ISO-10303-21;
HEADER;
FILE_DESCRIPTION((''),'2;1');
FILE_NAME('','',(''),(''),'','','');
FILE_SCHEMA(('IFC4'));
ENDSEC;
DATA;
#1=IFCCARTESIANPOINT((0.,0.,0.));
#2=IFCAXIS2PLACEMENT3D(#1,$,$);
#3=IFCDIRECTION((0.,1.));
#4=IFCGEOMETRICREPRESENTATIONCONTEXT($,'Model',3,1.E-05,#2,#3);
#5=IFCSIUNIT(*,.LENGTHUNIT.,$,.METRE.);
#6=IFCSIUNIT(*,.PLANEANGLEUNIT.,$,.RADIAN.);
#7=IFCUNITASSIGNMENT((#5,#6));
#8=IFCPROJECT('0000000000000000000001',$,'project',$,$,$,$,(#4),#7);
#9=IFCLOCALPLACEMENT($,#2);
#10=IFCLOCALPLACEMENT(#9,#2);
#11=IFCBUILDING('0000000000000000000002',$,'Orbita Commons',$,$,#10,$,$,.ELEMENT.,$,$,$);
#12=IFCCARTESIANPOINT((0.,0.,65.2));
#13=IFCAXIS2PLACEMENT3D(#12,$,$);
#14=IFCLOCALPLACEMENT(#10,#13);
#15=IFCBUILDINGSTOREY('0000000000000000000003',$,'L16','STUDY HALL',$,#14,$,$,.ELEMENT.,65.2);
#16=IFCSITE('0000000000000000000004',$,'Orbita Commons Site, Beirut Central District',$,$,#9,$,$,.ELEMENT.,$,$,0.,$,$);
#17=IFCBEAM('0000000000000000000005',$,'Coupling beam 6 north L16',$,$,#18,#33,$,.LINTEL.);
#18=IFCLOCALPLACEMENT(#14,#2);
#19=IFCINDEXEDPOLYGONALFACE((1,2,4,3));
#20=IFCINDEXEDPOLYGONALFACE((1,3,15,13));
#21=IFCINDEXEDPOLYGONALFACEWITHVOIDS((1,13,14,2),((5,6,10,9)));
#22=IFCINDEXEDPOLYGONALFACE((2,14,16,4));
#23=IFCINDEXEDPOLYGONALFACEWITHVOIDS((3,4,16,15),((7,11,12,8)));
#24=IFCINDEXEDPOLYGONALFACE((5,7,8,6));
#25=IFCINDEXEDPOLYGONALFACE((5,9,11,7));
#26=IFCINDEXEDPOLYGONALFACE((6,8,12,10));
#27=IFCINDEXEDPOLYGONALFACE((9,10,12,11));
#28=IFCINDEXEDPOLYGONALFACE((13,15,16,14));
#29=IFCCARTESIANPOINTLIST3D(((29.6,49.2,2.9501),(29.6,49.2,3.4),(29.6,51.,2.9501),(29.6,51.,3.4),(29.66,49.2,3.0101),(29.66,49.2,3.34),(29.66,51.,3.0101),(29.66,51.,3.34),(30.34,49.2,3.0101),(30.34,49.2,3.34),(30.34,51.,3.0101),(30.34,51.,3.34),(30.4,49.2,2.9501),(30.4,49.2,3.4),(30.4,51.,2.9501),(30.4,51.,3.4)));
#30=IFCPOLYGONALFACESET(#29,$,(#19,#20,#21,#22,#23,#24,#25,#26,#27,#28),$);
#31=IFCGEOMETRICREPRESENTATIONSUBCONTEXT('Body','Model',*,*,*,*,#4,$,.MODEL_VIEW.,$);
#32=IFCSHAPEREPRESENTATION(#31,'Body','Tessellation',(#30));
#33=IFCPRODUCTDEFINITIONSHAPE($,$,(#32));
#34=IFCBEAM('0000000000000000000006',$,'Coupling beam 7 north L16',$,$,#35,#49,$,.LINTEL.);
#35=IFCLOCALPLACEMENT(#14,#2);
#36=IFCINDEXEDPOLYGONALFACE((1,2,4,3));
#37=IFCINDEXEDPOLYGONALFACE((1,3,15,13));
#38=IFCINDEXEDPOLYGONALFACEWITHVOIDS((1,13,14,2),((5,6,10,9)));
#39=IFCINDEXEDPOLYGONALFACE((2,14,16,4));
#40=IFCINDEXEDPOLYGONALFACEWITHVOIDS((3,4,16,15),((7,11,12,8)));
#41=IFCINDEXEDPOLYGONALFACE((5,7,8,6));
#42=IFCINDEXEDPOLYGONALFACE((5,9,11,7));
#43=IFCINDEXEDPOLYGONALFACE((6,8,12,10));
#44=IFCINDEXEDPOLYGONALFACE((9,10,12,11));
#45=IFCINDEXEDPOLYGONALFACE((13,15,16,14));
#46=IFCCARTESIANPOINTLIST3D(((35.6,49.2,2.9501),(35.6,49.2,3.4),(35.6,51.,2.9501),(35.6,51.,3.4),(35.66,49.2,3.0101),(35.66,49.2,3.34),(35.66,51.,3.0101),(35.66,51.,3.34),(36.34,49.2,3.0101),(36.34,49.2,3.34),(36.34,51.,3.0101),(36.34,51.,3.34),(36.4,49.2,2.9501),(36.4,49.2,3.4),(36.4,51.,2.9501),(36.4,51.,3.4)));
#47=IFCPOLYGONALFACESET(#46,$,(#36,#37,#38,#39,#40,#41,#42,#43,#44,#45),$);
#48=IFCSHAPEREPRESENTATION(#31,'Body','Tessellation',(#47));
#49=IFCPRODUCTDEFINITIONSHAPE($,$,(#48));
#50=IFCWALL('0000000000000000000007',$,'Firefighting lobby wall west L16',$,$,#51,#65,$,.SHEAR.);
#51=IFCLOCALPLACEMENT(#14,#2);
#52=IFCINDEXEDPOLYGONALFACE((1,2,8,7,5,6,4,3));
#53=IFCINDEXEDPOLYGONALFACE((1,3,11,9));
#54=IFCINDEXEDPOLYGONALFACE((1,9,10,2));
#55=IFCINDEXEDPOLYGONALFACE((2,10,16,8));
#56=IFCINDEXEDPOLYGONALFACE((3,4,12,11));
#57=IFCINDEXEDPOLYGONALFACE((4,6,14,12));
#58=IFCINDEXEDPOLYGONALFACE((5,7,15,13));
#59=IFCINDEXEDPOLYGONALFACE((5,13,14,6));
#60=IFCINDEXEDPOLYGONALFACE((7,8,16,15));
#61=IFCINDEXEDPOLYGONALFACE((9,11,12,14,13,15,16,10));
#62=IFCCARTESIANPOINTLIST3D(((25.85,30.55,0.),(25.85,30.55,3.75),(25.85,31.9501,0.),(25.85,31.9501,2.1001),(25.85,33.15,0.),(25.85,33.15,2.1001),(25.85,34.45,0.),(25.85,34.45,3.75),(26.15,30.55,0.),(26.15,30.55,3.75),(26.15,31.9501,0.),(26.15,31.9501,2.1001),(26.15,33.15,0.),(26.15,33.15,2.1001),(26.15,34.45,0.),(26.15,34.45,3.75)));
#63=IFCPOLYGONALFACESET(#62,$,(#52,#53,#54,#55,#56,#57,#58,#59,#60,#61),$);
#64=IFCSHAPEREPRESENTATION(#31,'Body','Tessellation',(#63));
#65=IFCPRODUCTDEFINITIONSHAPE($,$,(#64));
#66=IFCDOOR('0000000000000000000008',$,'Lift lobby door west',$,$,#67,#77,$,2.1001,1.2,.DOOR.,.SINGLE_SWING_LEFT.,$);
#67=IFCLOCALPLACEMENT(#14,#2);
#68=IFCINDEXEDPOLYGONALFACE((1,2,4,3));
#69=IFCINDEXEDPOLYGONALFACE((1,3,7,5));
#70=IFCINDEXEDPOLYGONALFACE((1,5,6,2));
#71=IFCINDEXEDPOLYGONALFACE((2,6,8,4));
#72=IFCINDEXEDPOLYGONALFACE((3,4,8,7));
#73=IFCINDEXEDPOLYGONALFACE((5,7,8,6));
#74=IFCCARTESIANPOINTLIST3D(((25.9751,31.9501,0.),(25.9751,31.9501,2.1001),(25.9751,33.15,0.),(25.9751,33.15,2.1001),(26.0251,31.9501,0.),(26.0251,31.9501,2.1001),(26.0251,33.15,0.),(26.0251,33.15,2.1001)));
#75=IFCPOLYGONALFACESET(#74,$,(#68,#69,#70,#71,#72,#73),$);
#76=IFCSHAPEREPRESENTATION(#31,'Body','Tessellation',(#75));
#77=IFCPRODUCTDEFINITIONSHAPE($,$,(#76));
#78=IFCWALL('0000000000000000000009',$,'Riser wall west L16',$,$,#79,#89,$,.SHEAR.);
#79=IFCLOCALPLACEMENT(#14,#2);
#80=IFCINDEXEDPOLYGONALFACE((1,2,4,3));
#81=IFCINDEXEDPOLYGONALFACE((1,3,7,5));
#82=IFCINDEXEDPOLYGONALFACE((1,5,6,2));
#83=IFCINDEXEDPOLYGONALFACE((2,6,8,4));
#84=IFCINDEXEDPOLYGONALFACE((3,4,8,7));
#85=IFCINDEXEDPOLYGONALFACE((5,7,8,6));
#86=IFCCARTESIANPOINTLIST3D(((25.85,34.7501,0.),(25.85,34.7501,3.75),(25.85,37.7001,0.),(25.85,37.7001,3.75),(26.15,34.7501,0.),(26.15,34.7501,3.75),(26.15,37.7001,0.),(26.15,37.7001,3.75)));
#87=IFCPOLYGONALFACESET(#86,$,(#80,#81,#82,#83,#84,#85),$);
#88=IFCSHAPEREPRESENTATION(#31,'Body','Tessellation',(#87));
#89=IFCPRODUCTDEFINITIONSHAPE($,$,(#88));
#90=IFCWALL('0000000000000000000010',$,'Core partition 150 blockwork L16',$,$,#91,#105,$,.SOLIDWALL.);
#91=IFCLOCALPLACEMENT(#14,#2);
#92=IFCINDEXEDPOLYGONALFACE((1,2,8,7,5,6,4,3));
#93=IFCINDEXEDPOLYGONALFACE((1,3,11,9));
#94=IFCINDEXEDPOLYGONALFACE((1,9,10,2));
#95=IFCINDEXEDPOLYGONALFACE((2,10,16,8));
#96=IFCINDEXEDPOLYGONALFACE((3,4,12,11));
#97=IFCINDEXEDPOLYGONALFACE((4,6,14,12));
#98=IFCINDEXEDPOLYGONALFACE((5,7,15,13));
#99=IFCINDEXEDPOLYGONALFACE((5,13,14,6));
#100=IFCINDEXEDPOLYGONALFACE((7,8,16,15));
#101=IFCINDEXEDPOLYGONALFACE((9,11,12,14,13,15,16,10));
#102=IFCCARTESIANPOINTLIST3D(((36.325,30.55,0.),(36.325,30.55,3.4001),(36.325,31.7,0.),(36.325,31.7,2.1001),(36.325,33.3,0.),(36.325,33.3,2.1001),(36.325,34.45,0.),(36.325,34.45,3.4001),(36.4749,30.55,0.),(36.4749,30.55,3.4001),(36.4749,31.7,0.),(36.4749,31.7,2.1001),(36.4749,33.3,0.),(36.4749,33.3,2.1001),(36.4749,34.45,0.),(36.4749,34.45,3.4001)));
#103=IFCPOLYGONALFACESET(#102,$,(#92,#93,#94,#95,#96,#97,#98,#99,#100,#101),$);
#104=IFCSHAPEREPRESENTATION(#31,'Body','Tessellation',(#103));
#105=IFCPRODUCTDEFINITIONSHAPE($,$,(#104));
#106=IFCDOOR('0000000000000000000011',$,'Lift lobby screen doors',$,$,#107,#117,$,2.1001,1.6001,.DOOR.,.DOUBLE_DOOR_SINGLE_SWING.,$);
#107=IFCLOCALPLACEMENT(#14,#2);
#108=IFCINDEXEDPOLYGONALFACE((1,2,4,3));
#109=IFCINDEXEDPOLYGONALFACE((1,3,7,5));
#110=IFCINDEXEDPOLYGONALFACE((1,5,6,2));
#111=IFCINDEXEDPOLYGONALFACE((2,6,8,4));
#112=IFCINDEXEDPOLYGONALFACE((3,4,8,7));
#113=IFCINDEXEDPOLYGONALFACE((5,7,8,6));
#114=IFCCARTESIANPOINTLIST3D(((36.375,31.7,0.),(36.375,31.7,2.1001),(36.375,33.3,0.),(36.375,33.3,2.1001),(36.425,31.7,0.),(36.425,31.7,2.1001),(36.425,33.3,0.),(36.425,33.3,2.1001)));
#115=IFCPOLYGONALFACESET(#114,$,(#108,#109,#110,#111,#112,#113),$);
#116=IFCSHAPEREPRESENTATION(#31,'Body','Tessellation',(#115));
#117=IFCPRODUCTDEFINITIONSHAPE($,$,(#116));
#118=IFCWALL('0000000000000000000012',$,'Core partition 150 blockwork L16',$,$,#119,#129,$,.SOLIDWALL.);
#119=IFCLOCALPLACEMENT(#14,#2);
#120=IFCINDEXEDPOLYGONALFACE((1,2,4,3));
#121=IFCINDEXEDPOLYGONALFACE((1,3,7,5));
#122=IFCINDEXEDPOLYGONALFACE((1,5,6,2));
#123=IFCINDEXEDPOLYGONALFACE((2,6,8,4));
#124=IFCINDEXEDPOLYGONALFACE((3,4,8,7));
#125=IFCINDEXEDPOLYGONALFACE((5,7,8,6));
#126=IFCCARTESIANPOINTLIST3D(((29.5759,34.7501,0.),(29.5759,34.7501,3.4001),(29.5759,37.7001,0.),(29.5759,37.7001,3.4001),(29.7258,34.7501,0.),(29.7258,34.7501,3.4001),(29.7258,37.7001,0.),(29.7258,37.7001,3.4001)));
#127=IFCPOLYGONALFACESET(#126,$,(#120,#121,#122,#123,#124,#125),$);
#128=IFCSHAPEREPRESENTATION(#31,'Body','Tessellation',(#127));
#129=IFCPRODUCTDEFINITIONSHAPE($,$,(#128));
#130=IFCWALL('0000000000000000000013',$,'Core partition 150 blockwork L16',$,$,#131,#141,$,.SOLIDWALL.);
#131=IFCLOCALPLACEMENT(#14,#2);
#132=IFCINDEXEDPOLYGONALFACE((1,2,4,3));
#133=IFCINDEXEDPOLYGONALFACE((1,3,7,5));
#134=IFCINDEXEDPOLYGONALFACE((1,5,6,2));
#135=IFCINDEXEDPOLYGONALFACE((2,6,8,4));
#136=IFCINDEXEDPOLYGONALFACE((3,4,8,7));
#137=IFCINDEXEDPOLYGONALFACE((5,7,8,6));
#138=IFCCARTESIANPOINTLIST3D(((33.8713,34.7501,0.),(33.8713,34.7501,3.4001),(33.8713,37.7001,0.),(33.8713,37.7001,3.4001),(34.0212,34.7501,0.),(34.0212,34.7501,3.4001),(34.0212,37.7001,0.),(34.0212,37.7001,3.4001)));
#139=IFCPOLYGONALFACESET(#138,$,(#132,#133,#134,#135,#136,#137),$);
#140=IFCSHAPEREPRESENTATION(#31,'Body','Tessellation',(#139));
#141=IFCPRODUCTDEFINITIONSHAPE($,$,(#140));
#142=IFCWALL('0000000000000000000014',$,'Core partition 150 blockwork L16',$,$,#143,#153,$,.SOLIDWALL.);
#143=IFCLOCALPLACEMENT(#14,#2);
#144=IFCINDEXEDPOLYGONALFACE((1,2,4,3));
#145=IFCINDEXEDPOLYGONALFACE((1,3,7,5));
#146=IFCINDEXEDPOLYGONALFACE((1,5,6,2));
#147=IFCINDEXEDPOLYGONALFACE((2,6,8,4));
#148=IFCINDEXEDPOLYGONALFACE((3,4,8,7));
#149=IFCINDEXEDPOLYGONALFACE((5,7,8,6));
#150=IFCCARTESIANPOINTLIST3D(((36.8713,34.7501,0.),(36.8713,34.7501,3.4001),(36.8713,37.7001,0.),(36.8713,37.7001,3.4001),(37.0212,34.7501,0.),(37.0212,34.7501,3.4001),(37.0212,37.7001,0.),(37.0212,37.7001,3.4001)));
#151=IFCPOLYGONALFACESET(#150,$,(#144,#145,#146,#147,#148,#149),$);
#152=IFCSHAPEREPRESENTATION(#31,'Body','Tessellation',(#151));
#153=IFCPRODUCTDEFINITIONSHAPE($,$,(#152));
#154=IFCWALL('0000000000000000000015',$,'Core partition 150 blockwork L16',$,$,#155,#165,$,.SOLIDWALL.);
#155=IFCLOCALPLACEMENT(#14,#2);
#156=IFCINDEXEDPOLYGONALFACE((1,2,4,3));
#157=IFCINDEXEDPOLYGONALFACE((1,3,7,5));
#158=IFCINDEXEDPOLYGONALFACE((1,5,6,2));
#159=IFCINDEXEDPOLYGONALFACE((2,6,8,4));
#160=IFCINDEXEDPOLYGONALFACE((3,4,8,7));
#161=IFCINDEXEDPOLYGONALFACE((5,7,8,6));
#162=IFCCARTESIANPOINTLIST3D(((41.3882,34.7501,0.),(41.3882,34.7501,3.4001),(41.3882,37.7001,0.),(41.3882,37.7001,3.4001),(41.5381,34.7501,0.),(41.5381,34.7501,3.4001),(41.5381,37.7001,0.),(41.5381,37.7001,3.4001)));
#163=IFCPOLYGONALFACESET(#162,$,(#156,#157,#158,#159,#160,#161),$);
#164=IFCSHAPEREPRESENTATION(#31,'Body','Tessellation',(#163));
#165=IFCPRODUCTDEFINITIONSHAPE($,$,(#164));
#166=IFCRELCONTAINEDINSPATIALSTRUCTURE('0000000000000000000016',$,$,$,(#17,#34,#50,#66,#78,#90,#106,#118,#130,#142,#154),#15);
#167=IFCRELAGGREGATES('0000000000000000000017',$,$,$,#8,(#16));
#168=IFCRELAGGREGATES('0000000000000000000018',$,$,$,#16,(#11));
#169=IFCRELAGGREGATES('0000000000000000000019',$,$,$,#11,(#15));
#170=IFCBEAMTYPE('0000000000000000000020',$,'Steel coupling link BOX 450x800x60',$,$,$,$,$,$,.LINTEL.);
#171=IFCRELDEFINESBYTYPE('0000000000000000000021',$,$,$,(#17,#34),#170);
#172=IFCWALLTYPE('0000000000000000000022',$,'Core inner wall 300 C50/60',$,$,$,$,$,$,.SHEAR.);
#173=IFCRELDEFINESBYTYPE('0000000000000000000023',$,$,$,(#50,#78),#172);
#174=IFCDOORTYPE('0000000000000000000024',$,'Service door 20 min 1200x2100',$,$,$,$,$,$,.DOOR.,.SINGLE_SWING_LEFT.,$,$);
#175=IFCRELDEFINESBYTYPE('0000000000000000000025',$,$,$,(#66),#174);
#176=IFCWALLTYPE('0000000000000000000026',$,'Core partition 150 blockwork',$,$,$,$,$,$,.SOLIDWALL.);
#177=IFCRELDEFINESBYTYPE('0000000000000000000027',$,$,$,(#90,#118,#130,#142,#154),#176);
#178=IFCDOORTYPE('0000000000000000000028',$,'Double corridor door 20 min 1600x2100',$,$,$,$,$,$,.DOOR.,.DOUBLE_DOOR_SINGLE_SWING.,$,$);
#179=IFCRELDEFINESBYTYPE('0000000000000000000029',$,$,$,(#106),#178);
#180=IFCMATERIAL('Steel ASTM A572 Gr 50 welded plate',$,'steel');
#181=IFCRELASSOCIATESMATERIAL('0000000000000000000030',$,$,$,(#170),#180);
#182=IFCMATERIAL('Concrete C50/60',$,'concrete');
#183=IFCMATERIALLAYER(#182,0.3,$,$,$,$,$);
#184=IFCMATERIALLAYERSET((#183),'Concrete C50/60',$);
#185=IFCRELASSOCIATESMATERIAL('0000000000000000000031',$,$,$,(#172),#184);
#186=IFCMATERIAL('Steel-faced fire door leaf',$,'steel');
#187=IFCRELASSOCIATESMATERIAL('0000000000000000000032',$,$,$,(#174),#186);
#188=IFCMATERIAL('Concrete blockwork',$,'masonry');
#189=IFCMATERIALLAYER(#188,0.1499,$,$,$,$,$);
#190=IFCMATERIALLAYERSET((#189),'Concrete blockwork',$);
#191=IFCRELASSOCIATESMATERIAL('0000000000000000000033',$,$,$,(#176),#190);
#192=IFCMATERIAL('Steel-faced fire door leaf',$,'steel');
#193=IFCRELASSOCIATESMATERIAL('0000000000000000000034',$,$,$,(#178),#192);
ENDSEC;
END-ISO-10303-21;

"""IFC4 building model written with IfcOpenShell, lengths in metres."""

from ifc_helpers import new_model, si_unit, direction, frame, frame_2d, origin, origin_2d, place, context, subcontext, project, spatial, rectangle, hollow_rectangle, extrude, material, layer, layer_set, material_profile, profile_set, type_object, element, fill, save


model = new_model("IFC4")

# Units and contexts
model_context = context("Model", 3, precision=1e-05, world=origin(), true_north=direction((0.0, 1.0)))
body_context = subcontext(model_context, "Body", "Model", "MODEL_VIEW")
ifc_project = project(units=[si_unit("LENGTHUNIT", "METRE"), si_unit("PLANEANGLEUNIT", "RADIAN")], contexts=[model_context])

# Site, building, storey
site_placement = place(None, origin())
site = spatial("IfcSite", under=ifc_project, at=site_placement, Name="Orbita Commons Site, Beirut Central District", CompositionType="ELEMENT", RefElevation=0.0)
building_placement = place(site_placement, origin())
building = spatial("IfcBuilding", under=site, at=building_placement, Name="Orbita Commons", CompositionType="ELEMENT")
storey_placement = place(building_placement, frame((0.0, 0.0, 65.2)))
storey = spatial("IfcBuildingStorey", under=building, at=storey_placement, Name="L16", Description="STUDY HALL", CompositionType="ELEMENT", Elevation=65.2)

# Beams
ifc_material_1 = material(Name="Steel ASTM A572 Gr 50 welded plate", Category="steel")
ifc_material_profile = material_profile(ifc_material_1, hollow_rectangle(XDim=0.8, YDim=0.45, WallThickness=0.0601, at=origin_2d()), Name="BOX 450x800x60")
ifc_profile_set = profile_set([ifc_material_profile], Name="Steel ASTM A572 Gr 50 welded plate")
beam_type = type_object("IfcBeamType", Name="Steel coupling link BOX 450x800x60", PredefinedType="LINTEL", material=ifc_profile_set)
for number, where, z_axis, x_axis, name in (
    (1, (30.0, 49.2, 3.175), (0.0, 1.0, 0.0), (-1.0, 0.0, 0.0), "Coupling beam 6 north L16"),
    (2, (36.0, 49.2, 3.175), (0.0, 1.0, 0.0), (-1.0, 0.0, 0.0), "Coupling beam 7 north L16"),
):
    element("IfcBeam", number, at=place(storey_placement, frame(where, z_axis=z_axis, x_axis=x_axis)), inside=storey, type_object=beam_type, Name=name, PredefinedType="LINTEL", context=body_context, shape_type="SweptSolid", body=[
        extrude(hollow_rectangle(XDim=0.8, YDim=0.45, WallThickness=0.0601, at=origin_2d()), origin(), (0.0, 0.0, 1.0), 1.8),
    ])

# Wall, opening, door
ifc_material_2 = material(Name="Concrete C50/60", Category="concrete")
ifc_layer_1 = layer(ifc_material_2, 0.3)
ifc_layer_set_1 = layer_set([ifc_layer_1], Name="Concrete C50/60")
wall_type_1 = type_object("IfcWallType", Name="Core inner wall 300 C50/60", PredefinedType="SHEAR", material=ifc_layer_set_1)
wall_1_placement = place(storey_placement, frame((26.0, 30.55, 0.0), z_axis=(0.0, 0.0, 1.0), x_axis=(0.0, 1.0, 0.0)))
wall_1 = element("IfcWall", 3, at=wall_1_placement, inside=storey, type_object=wall_type_1, Name="Firefighting lobby wall west L16", PredefinedType="SHEAR", context=body_context, shape_type="SweptSolid", body=[
    extrude(rectangle(XDim=3.8999, YDim=0.3, at=frame_2d((1.95, 0.0))), origin(), (0.0, 0.0, 1.0), 3.75),
])
opening_1_placement = place(wall_1_placement, frame((1.3999, 0.0, 0.0)))
opening_1 = element("IfcOpeningElement", 4, at=opening_1_placement, cuts=wall_1, PredefinedType="OPENING", context=body_context, shape_type="SweptSolid", body=[
    extrude(rectangle(XDim=1.2, YDim=2.1001, at=frame_2d((0.6001, 1.05))), frame((0.0, 0.1599, 0.0), z_axis=(0.0, -1.0, 0.0), x_axis=(1.0, 0.0, 0.0)), (0.0, 0.0, 1.0), 0.3201),
])
ifc_material_3 = material(Name="Steel-faced fire door leaf", Category="steel")
door_type_1 = type_object("IfcDoorType", Name="Service door 20 min 1200x2100", OperationType="SINGLE_SWING_LEFT", PredefinedType="DOOR", material=ifc_material_3)
door_1_placement = place(opening_1_placement, origin())
door_1 = element("IfcDoor", 5, at=door_1_placement, inside=storey, type_object=door_type_1, Name="Lift lobby door west", OperationType="SINGLE_SWING_LEFT", OverallHeight=2.1001, OverallWidth=1.2, PredefinedType="DOOR", context=body_context, shape_type="SweptSolid", body=[
    extrude(rectangle(XDim=1.2, YDim=2.1001, at=frame_2d((0.6001, 1.05))), frame((0.0, 0.0249, 0.0), z_axis=(0.0, -1.0, 0.0), x_axis=(1.0, 0.0, 0.0)), (0.0, 0.0, 1.0), 0.05),
])
fill(opening_1, door_1)

# Wall
wall_2_placement = place(storey_placement, frame((26.0, 34.75, 0.0), z_axis=(0.0, 0.0, 1.0), x_axis=(0.0, 1.0, 0.0)))
element("IfcWall", 6, at=wall_2_placement, inside=storey, type_object=wall_type_1, Name="Riser wall west L16", PredefinedType="SHEAR", context=body_context, shape_type="SweptSolid", body=[
    extrude(rectangle(XDim=2.95, YDim=0.3, at=frame_2d((1.4751, 0.0))), origin(), (0.0, 0.0, 1.0), 3.75),
])

# Wall, opening, door
ifc_material_4 = material(Name="Concrete blockwork", Category="masonry")
ifc_layer_2 = layer(ifc_material_4, 0.1499)
ifc_layer_set_2 = layer_set([ifc_layer_2], Name="Concrete blockwork")
wall_type_2 = type_object("IfcWallType", Name="Core partition 150 blockwork", PredefinedType="SOLIDWALL", material=ifc_layer_set_2)
wall_3_placement = place(storey_placement, frame((36.3999, 30.55, 0.0), z_axis=(0.0, 0.0, 1.0), x_axis=(0.0, 1.0, 0.0)))
wall_3 = element("IfcWall", 7, at=wall_3_placement, inside=storey, type_object=wall_type_2, Name="Core partition 150 blockwork L16", PredefinedType="SOLIDWALL", context=body_context, shape_type="SweptSolid", body=[
    extrude(rectangle(XDim=3.8999, YDim=0.1499, at=frame_2d((1.95, 0.0))), origin(), (0.0, 0.0, 1.0), 3.4001),
])
opening_2_placement = place(wall_3_placement, frame((1.1499, 0.0, 0.0)))
opening_2 = element("IfcOpeningElement", 8, at=opening_2_placement, cuts=wall_3, PredefinedType="OPENING", context=body_context, shape_type="SweptSolid", body=[
    extrude(rectangle(XDim=1.6001, YDim=2.1001, at=frame_2d((0.8, 1.05))), frame((0.0, 0.085, 0.0), z_axis=(0.0, -1.0, 0.0), x_axis=(1.0, 0.0, 0.0)), (0.0, 0.0, 1.0), 0.1699),
])
ifc_material_5 = material(Name="Steel-faced fire door leaf", Category="steel")
door_type_2 = type_object("IfcDoorType", Name="Double corridor door 20 min 1600x2100", OperationType="DOUBLE_DOOR_SINGLE_SWING", PredefinedType="DOOR", material=ifc_material_5)
door_2_placement = place(opening_2_placement, origin())
door_2 = element("IfcDoor", 9, at=door_2_placement, inside=storey, type_object=door_type_2, Name="Lift lobby screen doors", OperationType="DOUBLE_DOOR_SINGLE_SWING", OverallHeight=2.1001, OverallWidth=1.6001, PredefinedType="DOOR", context=body_context, shape_type="SweptSolid", body=[
    extrude(rectangle(XDim=1.6001, YDim=2.1001, at=frame_2d((0.8, 1.05))), frame((0.0, 0.0249, 0.0), z_axis=(0.0, -1.0, 0.0), x_axis=(1.0, 0.0, 0.0)), (0.0, 0.0, 1.0), 0.05),
])
fill(opening_2, door_2)

# Walls
for number, where, z_axis, x_axis, name in (
    (10, (29.6509, 34.75, 0.0), (0.0, 0.0, 1.0), (0.0, 1.0, 0.0), "Core partition 150 blockwork L16"),
    (11, (33.9463, 34.75, 0.0), (0.0, 0.0, 1.0), (0.0, 1.0, 0.0), "Core partition 150 blockwork L16"),
    (12, (36.9463, 34.75, 0.0), (0.0, 0.0, 1.0), (0.0, 1.0, 0.0), "Core partition 150 blockwork L16"),
    (13, (41.4631, 34.75, 0.0), (0.0, 0.0, 1.0), (0.0, 1.0, 0.0), "Core partition 150 blockwork L16"),
):
    element("IfcWall", number, at=place(storey_placement, frame(where, z_axis=z_axis, x_axis=x_axis)), inside=storey, type_object=wall_type_2, Name=name, PredefinedType="SOLIDWALL", context=body_context, shape_type="SweptSolid", body=[
        extrude(rectangle(XDim=2.95, YDim=0.1499, at=frame_2d((1.4751, 0.0))), origin(), (0.0, 0.0, 1.0), 3.4001),
    ])

save(model, "model.ifc")
